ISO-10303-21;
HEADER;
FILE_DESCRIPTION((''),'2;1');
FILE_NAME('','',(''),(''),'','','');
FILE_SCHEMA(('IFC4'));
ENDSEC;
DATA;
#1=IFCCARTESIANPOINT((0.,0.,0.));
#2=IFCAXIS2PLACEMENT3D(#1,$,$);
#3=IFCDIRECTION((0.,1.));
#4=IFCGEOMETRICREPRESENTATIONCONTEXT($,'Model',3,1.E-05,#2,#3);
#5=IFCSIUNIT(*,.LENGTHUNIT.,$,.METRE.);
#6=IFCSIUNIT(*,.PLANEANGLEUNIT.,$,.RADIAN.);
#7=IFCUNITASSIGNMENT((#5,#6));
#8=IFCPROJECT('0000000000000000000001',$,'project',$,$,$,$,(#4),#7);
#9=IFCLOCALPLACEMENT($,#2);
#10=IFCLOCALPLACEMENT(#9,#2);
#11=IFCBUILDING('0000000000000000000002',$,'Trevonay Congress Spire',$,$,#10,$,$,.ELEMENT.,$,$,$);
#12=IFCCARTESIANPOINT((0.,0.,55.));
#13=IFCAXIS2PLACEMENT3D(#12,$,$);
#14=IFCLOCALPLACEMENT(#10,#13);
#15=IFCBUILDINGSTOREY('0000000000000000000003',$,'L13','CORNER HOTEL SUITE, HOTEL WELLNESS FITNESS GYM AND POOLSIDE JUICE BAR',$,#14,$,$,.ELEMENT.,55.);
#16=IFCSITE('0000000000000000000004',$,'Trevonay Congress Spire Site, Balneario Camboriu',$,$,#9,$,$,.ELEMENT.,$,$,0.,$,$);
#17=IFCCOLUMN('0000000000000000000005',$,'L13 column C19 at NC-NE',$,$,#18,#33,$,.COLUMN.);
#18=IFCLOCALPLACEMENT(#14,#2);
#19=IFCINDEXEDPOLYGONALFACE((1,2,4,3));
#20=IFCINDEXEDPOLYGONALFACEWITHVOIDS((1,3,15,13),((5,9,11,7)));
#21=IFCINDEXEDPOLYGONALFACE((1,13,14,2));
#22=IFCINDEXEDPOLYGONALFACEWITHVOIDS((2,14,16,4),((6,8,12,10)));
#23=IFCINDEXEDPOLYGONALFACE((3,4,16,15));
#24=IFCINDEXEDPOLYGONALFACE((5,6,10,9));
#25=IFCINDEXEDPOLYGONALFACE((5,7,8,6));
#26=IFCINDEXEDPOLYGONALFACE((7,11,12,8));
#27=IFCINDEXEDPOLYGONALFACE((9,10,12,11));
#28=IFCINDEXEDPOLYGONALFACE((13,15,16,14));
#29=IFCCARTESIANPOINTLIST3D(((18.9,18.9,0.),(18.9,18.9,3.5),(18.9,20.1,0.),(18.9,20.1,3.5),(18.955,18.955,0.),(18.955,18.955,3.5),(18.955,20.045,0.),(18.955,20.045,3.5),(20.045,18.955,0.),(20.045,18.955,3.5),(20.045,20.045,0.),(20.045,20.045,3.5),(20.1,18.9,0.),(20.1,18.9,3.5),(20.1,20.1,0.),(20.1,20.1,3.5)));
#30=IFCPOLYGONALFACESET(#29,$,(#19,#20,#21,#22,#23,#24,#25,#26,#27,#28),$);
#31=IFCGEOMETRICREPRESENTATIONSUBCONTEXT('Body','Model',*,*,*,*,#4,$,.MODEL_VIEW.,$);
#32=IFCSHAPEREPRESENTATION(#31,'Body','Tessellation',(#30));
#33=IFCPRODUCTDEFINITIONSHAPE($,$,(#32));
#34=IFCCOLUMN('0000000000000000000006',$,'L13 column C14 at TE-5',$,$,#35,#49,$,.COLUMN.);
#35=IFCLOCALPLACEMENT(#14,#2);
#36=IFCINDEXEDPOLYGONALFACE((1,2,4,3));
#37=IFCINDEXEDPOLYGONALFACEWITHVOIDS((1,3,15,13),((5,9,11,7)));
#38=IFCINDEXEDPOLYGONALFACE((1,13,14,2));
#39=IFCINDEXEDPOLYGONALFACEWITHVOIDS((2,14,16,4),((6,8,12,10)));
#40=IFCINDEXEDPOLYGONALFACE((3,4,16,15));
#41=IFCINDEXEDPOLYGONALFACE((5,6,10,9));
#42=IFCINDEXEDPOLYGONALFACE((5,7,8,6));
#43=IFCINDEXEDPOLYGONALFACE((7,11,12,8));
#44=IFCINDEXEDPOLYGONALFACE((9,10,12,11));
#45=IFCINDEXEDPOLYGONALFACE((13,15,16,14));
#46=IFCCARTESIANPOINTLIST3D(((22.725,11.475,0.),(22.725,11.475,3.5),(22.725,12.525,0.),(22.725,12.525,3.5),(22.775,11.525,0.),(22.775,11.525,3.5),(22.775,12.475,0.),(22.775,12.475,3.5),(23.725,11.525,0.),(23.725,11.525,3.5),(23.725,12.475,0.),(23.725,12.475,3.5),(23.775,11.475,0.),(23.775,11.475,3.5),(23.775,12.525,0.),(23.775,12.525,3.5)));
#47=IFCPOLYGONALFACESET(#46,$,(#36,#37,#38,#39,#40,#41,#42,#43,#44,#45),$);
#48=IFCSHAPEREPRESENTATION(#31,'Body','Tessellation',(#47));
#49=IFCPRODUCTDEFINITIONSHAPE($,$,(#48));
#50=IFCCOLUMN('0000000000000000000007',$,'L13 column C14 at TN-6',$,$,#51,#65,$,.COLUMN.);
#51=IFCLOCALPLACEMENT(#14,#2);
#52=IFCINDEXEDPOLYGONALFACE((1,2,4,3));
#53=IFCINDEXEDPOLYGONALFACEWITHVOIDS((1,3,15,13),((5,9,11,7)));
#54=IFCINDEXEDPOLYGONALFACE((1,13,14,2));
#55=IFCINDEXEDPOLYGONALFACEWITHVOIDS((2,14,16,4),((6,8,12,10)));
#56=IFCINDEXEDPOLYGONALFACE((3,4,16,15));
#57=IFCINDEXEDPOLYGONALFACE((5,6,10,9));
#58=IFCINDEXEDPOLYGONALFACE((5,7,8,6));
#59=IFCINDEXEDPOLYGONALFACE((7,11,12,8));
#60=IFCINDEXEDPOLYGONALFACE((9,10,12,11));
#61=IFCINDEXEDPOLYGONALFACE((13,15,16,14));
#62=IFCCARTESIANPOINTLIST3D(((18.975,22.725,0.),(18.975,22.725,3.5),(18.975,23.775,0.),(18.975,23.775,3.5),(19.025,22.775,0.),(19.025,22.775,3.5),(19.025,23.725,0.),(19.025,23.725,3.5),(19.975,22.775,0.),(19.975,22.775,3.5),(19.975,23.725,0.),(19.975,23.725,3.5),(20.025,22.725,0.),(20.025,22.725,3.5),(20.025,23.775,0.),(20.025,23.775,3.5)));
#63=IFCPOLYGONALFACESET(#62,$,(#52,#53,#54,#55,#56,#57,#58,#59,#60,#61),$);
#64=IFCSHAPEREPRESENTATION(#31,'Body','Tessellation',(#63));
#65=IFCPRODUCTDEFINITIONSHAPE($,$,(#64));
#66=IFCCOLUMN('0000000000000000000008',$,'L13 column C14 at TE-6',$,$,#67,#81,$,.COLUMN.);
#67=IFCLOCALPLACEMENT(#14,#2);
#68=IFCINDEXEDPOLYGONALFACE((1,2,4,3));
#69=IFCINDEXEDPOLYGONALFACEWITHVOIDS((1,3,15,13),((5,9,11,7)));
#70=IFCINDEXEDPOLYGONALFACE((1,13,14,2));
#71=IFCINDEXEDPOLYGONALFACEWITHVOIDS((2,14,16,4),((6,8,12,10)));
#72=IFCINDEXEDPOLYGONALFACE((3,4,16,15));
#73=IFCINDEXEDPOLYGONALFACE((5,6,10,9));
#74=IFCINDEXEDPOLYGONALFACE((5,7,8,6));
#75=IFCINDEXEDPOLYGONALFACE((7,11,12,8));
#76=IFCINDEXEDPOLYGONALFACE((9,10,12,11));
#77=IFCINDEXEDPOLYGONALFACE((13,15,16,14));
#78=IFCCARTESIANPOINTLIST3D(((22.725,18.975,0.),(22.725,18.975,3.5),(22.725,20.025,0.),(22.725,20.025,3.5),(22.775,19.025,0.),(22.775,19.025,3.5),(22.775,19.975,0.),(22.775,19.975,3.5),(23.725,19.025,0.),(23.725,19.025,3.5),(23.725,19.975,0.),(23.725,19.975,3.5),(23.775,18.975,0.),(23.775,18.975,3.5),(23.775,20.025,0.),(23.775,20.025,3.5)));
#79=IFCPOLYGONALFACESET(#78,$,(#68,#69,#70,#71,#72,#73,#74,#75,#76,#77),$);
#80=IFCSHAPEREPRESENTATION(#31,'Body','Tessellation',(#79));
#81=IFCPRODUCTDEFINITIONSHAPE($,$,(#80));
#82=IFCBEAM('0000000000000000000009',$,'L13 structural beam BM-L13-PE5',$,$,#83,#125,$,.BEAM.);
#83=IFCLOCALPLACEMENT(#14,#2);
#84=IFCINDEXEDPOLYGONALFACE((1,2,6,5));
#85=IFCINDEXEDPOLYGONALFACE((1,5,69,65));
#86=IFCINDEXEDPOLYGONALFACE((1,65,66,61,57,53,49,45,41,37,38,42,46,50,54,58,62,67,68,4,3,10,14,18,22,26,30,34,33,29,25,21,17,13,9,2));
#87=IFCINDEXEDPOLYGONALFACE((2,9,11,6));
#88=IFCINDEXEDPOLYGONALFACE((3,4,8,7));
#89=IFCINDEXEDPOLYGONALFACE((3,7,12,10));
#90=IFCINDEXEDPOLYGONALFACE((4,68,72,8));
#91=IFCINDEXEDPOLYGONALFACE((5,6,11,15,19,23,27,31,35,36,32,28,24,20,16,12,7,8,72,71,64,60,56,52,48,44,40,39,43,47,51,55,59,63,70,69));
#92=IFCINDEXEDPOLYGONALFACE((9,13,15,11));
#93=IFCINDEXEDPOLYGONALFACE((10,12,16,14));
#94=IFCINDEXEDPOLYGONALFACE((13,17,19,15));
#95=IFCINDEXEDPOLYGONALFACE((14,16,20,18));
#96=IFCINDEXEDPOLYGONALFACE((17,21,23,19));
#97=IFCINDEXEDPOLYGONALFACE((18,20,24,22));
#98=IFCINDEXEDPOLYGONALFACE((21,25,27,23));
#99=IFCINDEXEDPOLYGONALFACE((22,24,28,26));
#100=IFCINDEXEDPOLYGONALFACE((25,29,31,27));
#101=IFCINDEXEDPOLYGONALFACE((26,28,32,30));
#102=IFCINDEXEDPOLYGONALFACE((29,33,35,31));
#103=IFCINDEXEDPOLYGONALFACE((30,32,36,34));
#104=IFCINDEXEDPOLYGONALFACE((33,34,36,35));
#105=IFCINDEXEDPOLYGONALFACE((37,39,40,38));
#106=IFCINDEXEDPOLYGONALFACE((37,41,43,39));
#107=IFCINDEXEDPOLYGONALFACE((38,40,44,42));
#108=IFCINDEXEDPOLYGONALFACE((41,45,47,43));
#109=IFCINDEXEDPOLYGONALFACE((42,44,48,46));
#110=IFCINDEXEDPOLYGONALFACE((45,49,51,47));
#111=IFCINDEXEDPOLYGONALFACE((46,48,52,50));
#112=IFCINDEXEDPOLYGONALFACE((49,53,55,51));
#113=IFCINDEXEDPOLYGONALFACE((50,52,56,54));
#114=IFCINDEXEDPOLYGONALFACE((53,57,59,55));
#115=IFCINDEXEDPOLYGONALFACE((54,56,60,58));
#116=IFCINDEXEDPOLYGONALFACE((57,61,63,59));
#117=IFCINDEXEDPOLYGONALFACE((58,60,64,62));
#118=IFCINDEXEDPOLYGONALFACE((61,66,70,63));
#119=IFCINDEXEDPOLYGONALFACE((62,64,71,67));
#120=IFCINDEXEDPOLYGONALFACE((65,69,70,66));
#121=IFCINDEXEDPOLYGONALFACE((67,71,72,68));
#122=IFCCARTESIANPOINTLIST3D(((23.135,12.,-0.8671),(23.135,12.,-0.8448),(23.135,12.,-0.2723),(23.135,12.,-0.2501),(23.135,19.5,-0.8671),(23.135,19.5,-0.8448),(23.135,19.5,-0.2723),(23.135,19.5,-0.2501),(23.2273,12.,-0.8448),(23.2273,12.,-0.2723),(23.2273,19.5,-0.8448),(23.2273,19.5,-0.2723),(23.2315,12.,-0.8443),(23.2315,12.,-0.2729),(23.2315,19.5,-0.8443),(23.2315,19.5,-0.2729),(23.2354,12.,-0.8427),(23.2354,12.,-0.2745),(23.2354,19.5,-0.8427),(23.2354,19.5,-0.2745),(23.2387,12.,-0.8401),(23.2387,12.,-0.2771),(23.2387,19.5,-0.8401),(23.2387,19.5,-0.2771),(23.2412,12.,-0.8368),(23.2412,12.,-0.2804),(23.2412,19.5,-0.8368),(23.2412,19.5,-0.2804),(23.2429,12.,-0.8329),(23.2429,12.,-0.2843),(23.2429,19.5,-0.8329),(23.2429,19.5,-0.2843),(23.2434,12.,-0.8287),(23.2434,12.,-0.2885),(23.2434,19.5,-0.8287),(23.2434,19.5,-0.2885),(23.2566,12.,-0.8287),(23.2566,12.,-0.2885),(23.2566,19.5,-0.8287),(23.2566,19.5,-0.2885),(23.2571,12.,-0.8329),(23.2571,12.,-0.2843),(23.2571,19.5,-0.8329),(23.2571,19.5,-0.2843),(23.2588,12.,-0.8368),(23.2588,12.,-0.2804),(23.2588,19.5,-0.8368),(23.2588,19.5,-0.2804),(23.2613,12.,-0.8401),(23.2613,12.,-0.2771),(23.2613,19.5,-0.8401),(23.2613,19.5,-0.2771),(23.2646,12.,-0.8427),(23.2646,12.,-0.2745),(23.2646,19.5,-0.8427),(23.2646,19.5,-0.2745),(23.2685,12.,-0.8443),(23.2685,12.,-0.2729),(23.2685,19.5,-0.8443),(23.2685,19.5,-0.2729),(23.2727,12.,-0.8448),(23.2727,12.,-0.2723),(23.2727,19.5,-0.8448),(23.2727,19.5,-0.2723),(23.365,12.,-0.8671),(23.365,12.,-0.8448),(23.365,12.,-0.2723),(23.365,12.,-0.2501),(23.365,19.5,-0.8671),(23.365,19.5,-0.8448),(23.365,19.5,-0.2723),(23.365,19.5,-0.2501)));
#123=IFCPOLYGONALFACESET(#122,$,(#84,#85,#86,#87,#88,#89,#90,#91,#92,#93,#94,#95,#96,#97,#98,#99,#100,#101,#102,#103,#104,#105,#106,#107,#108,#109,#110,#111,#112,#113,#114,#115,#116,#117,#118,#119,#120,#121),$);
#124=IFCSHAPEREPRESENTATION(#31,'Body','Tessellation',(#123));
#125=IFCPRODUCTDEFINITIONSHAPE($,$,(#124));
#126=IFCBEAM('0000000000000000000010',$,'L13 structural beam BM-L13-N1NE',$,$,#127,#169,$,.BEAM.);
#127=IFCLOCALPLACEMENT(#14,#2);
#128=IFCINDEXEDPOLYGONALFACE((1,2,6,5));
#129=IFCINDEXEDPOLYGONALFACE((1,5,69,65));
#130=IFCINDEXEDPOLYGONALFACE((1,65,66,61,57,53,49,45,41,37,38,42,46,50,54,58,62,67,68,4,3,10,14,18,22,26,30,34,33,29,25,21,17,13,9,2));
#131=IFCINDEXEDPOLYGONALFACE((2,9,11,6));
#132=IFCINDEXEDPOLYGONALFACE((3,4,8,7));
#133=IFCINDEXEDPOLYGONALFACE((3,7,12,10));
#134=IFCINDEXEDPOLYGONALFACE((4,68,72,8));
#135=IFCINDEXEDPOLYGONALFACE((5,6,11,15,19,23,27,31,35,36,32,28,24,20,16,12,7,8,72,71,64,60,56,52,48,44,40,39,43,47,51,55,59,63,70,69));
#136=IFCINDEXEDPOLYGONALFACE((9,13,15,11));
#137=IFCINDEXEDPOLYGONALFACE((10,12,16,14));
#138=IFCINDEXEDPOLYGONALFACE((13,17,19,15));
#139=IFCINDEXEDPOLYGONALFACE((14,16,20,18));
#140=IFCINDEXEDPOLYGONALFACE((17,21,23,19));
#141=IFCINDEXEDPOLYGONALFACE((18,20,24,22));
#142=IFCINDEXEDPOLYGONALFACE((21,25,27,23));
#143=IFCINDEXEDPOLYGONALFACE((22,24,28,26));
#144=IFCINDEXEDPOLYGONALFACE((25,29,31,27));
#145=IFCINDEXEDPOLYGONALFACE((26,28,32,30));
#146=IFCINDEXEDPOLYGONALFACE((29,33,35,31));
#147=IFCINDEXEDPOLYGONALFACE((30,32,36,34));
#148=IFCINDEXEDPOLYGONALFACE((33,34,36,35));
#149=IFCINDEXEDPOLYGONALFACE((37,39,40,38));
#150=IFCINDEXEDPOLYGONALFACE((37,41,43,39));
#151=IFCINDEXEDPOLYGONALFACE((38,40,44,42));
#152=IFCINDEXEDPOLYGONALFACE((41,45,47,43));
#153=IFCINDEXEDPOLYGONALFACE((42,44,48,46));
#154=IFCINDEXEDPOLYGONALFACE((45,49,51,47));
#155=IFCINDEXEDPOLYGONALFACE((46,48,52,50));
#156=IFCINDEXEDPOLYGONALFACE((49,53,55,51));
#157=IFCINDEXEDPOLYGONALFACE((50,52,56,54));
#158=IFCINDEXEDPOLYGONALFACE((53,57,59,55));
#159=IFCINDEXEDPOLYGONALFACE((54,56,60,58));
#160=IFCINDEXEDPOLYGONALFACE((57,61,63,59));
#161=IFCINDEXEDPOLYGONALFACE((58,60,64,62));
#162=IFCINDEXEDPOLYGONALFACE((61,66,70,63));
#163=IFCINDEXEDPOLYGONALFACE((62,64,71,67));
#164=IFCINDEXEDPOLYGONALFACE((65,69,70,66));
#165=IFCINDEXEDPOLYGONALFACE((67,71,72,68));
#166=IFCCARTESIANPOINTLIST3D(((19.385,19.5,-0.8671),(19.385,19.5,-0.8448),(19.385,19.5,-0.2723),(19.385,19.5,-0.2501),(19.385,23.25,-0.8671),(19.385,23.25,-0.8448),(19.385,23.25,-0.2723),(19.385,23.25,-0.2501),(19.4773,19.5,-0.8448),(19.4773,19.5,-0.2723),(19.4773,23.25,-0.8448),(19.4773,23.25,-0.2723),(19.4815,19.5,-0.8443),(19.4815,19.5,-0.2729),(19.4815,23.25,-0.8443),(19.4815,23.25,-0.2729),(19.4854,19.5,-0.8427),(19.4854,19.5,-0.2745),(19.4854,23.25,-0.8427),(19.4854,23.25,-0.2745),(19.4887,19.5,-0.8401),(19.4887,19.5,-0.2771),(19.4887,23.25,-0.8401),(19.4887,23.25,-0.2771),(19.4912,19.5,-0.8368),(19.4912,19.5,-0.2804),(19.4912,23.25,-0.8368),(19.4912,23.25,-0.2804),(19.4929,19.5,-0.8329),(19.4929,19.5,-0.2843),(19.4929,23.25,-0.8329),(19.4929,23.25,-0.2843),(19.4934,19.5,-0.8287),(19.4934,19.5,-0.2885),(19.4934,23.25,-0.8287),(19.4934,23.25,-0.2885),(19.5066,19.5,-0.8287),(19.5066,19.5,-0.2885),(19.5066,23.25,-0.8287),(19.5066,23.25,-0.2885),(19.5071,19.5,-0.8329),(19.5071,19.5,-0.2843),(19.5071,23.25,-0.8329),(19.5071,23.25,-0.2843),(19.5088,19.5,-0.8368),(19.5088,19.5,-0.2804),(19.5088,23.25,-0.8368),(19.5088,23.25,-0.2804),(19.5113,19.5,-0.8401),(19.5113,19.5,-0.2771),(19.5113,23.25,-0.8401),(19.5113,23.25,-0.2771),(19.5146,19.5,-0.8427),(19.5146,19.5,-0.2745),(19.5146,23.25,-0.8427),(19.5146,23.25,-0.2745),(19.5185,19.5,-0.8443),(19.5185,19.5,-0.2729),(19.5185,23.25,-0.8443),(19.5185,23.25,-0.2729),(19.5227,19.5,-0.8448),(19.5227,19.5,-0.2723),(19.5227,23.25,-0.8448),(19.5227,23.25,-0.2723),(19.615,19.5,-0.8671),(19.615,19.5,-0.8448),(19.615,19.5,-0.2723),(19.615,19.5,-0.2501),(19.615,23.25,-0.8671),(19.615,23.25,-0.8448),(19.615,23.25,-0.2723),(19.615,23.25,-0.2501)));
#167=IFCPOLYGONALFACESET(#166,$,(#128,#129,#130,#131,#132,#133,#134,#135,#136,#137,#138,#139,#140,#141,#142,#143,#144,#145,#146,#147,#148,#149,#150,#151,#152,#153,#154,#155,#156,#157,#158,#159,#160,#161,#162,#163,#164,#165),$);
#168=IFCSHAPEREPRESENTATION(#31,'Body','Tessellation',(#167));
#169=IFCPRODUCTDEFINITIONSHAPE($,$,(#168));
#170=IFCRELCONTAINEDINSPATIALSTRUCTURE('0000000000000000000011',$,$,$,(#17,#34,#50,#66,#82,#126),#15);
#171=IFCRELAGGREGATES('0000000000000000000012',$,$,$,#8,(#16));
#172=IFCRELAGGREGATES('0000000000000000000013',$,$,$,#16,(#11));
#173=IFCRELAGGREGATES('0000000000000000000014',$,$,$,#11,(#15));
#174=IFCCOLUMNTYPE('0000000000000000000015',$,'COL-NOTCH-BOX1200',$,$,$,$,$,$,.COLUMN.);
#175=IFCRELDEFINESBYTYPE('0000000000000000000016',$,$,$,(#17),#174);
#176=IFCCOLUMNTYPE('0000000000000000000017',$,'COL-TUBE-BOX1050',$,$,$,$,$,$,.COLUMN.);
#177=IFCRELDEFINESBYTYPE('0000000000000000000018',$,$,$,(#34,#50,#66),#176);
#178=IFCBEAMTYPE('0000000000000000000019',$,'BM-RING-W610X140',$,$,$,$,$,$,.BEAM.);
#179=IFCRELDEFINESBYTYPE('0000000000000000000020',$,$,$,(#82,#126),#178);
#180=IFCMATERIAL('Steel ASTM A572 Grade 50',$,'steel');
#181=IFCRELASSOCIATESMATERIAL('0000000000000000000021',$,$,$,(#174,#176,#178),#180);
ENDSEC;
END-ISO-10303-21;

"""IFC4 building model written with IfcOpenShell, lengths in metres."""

from ifc_helpers import new_model, si_unit, direction, frame, origin, origin_2d, place, context, subcontext, project, spatial, hollow_rectangle, i_section, extrude, material, material_profile, profile_set, type_object, element, save


model = new_model("IFC4")

# Units and contexts
model_context = context("Model", 3, precision=1e-05, world=origin(), true_north=direction((0.0, 1.0)))
body_context = subcontext(model_context, "Body", "Model", "MODEL_VIEW")
ifc_project = project(units=[si_unit("LENGTHUNIT", "METRE"), si_unit("PLANEANGLEUNIT", "RADIAN")], contexts=[model_context])

# Site, building, storey
site_placement = place(None, origin())
site = spatial("IfcSite", under=ifc_project, at=site_placement, Name="Trevonay Congress Spire Site, Balneario Camboriu", CompositionType="ELEMENT", RefElevation=0.0)
building_placement = place(site_placement, origin())
building = spatial("IfcBuilding", under=site, at=building_placement, Name="Trevonay Congress Spire", CompositionType="ELEMENT")
storey_placement = place(building_placement, frame((0.0, 0.0, 55.0)))
storey = spatial("IfcBuildingStorey", under=building, at=storey_placement, Name="L13", Description="CORNER HOTEL SUITE, HOTEL WELLNESS FITNESS GYM AND POOLSIDE JUICE BAR", CompositionType="ELEMENT", Elevation=55.0)

# Columns
ifc_material_1 = material(Name="Steel ASTM A572 Grade 50", Category="steel")
ifc_material_profile_1 = material_profile(ifc_material_1, hollow_rectangle(XDim=1.2, YDim=1.2, WallThickness=0.0549, at=origin_2d()), Name="BOX 1200x1200x55")
ifc_profile_set_1 = profile_set([ifc_material_profile_1], Name="Steel ASTM A572 Grade 50")
column_type_1 = type_object("IfcColumnType", Name="COL-NOTCH-BOX1200", PredefinedType="COLUMN", material=ifc_profile_set_1)
column_placement = place(storey_placement, frame((19.5, 19.5, 0.0), z_axis=(0.0, 0.0, 1.0), x_axis=(1.0, 0.0, 0.0)))
element("IfcColumn", 1, at=column_placement, inside=storey, type_object=column_type_1, Name="L13 column C19 at NC-NE", PredefinedType="COLUMN", context=body_context, shape_type="SweptSolid", body=[
    extrude(hollow_rectangle(XDim=1.2, YDim=1.2, WallThickness=0.0549, at=origin_2d()), origin(), (0.0, 0.0, 1.0), 3.5),
])
ifc_material_profile_2 = material_profile(ifc_material_1, hollow_rectangle(XDim=1.05, YDim=1.05, WallThickness=0.05, at=origin_2d()), Name="BOX 1050x1050x50")
ifc_profile_set_2 = profile_set([ifc_material_profile_2], Name="Steel ASTM A572 Grade 50")
column_type_2 = type_object("IfcColumnType", Name="COL-TUBE-BOX1050", PredefinedType="COLUMN", material=ifc_profile_set_2)
for number, where, z_axis, x_axis, name in (
    (2, (23.25, 12.0, 0.0), (0.0, 0.0, 1.0), (1.0, 0.0, 0.0), "L13 column C14 at TE-5"),
    (3, (19.5, 23.25, 0.0), (0.0, 0.0, 1.0), (1.0, 0.0, 0.0), "L13 column C14 at TN-6"),
    (4, (23.25, 19.5, 0.0), (0.0, 0.0, 1.0), (1.0, 0.0, 0.0), "L13 column C14 at TE-6"),
):
    element("IfcColumn", number, at=place(storey_placement, frame(where, z_axis=z_axis, x_axis=x_axis)), inside=storey, type_object=column_type_2, Name=name, PredefinedType="COLUMN", context=body_context, shape_type="SweptSolid", body=[
        extrude(hollow_rectangle(XDim=1.05, YDim=1.05, WallThickness=0.05, at=origin_2d()), origin(), (0.0, 0.0, 1.0), 3.5),
    ])

# Beams
ifc_material_profile_3 = material_profile(ifc_material_1, i_section(OverallWidth=0.23, OverallDepth=0.6169, WebThickness=0.0132, FlangeThickness=0.0222, FilletRadius=0.0161, at=origin_2d()), Name="W610x140")
ifc_profile_set_3 = profile_set([ifc_material_profile_3], Name="Steel ASTM A572 Grade 50")
beam_type = type_object("IfcBeamType", Name="BM-RING-W610X140", PredefinedType="BEAM", material=ifc_profile_set_3)
beam_placement = place(storey_placement, frame((23.25, 12.0, -0.5586), z_axis=(0.0, 1.0, 0.0), x_axis=(-1.0, 0.0, 0.0)))
element("IfcBeam", 5, at=beam_placement, inside=storey, type_object=beam_type, Name="L13 structural beam BM-L13-PE5", PredefinedType="BEAM", context=body_context, shape_type="SweptSolid", body=[
    extrude(i_section(OverallWidth=0.23, OverallDepth=0.6169, WebThickness=0.0132, FlangeThickness=0.0222, FilletRadius=0.0161, at=origin_2d()), origin(), (0.0, 0.0, 1.0), 7.5),
])
for number, where, z_axis, x_axis, name in (
    (6, (19.5, 23.25, -0.5586), (0.0, -1.0, 0.0), (1.0, 0.0, 0.0), "L13 structural beam BM-L13-N1NE"),
):
    element("IfcBeam", number, at=place(storey_placement, frame(where, z_axis=z_axis, x_axis=x_axis)), inside=storey, type_object=beam_type, Name=name, PredefinedType="BEAM", context=body_context, shape_type="SweptSolid", body=[
        extrude(i_section(OverallWidth=0.23, OverallDepth=0.6169, WebThickness=0.0132, FlangeThickness=0.0222, FilletRadius=0.0161, at=origin_2d()), origin(), (0.0, 0.0, 1.0), 3.75),
    ])

save(model, "model.ifc")
